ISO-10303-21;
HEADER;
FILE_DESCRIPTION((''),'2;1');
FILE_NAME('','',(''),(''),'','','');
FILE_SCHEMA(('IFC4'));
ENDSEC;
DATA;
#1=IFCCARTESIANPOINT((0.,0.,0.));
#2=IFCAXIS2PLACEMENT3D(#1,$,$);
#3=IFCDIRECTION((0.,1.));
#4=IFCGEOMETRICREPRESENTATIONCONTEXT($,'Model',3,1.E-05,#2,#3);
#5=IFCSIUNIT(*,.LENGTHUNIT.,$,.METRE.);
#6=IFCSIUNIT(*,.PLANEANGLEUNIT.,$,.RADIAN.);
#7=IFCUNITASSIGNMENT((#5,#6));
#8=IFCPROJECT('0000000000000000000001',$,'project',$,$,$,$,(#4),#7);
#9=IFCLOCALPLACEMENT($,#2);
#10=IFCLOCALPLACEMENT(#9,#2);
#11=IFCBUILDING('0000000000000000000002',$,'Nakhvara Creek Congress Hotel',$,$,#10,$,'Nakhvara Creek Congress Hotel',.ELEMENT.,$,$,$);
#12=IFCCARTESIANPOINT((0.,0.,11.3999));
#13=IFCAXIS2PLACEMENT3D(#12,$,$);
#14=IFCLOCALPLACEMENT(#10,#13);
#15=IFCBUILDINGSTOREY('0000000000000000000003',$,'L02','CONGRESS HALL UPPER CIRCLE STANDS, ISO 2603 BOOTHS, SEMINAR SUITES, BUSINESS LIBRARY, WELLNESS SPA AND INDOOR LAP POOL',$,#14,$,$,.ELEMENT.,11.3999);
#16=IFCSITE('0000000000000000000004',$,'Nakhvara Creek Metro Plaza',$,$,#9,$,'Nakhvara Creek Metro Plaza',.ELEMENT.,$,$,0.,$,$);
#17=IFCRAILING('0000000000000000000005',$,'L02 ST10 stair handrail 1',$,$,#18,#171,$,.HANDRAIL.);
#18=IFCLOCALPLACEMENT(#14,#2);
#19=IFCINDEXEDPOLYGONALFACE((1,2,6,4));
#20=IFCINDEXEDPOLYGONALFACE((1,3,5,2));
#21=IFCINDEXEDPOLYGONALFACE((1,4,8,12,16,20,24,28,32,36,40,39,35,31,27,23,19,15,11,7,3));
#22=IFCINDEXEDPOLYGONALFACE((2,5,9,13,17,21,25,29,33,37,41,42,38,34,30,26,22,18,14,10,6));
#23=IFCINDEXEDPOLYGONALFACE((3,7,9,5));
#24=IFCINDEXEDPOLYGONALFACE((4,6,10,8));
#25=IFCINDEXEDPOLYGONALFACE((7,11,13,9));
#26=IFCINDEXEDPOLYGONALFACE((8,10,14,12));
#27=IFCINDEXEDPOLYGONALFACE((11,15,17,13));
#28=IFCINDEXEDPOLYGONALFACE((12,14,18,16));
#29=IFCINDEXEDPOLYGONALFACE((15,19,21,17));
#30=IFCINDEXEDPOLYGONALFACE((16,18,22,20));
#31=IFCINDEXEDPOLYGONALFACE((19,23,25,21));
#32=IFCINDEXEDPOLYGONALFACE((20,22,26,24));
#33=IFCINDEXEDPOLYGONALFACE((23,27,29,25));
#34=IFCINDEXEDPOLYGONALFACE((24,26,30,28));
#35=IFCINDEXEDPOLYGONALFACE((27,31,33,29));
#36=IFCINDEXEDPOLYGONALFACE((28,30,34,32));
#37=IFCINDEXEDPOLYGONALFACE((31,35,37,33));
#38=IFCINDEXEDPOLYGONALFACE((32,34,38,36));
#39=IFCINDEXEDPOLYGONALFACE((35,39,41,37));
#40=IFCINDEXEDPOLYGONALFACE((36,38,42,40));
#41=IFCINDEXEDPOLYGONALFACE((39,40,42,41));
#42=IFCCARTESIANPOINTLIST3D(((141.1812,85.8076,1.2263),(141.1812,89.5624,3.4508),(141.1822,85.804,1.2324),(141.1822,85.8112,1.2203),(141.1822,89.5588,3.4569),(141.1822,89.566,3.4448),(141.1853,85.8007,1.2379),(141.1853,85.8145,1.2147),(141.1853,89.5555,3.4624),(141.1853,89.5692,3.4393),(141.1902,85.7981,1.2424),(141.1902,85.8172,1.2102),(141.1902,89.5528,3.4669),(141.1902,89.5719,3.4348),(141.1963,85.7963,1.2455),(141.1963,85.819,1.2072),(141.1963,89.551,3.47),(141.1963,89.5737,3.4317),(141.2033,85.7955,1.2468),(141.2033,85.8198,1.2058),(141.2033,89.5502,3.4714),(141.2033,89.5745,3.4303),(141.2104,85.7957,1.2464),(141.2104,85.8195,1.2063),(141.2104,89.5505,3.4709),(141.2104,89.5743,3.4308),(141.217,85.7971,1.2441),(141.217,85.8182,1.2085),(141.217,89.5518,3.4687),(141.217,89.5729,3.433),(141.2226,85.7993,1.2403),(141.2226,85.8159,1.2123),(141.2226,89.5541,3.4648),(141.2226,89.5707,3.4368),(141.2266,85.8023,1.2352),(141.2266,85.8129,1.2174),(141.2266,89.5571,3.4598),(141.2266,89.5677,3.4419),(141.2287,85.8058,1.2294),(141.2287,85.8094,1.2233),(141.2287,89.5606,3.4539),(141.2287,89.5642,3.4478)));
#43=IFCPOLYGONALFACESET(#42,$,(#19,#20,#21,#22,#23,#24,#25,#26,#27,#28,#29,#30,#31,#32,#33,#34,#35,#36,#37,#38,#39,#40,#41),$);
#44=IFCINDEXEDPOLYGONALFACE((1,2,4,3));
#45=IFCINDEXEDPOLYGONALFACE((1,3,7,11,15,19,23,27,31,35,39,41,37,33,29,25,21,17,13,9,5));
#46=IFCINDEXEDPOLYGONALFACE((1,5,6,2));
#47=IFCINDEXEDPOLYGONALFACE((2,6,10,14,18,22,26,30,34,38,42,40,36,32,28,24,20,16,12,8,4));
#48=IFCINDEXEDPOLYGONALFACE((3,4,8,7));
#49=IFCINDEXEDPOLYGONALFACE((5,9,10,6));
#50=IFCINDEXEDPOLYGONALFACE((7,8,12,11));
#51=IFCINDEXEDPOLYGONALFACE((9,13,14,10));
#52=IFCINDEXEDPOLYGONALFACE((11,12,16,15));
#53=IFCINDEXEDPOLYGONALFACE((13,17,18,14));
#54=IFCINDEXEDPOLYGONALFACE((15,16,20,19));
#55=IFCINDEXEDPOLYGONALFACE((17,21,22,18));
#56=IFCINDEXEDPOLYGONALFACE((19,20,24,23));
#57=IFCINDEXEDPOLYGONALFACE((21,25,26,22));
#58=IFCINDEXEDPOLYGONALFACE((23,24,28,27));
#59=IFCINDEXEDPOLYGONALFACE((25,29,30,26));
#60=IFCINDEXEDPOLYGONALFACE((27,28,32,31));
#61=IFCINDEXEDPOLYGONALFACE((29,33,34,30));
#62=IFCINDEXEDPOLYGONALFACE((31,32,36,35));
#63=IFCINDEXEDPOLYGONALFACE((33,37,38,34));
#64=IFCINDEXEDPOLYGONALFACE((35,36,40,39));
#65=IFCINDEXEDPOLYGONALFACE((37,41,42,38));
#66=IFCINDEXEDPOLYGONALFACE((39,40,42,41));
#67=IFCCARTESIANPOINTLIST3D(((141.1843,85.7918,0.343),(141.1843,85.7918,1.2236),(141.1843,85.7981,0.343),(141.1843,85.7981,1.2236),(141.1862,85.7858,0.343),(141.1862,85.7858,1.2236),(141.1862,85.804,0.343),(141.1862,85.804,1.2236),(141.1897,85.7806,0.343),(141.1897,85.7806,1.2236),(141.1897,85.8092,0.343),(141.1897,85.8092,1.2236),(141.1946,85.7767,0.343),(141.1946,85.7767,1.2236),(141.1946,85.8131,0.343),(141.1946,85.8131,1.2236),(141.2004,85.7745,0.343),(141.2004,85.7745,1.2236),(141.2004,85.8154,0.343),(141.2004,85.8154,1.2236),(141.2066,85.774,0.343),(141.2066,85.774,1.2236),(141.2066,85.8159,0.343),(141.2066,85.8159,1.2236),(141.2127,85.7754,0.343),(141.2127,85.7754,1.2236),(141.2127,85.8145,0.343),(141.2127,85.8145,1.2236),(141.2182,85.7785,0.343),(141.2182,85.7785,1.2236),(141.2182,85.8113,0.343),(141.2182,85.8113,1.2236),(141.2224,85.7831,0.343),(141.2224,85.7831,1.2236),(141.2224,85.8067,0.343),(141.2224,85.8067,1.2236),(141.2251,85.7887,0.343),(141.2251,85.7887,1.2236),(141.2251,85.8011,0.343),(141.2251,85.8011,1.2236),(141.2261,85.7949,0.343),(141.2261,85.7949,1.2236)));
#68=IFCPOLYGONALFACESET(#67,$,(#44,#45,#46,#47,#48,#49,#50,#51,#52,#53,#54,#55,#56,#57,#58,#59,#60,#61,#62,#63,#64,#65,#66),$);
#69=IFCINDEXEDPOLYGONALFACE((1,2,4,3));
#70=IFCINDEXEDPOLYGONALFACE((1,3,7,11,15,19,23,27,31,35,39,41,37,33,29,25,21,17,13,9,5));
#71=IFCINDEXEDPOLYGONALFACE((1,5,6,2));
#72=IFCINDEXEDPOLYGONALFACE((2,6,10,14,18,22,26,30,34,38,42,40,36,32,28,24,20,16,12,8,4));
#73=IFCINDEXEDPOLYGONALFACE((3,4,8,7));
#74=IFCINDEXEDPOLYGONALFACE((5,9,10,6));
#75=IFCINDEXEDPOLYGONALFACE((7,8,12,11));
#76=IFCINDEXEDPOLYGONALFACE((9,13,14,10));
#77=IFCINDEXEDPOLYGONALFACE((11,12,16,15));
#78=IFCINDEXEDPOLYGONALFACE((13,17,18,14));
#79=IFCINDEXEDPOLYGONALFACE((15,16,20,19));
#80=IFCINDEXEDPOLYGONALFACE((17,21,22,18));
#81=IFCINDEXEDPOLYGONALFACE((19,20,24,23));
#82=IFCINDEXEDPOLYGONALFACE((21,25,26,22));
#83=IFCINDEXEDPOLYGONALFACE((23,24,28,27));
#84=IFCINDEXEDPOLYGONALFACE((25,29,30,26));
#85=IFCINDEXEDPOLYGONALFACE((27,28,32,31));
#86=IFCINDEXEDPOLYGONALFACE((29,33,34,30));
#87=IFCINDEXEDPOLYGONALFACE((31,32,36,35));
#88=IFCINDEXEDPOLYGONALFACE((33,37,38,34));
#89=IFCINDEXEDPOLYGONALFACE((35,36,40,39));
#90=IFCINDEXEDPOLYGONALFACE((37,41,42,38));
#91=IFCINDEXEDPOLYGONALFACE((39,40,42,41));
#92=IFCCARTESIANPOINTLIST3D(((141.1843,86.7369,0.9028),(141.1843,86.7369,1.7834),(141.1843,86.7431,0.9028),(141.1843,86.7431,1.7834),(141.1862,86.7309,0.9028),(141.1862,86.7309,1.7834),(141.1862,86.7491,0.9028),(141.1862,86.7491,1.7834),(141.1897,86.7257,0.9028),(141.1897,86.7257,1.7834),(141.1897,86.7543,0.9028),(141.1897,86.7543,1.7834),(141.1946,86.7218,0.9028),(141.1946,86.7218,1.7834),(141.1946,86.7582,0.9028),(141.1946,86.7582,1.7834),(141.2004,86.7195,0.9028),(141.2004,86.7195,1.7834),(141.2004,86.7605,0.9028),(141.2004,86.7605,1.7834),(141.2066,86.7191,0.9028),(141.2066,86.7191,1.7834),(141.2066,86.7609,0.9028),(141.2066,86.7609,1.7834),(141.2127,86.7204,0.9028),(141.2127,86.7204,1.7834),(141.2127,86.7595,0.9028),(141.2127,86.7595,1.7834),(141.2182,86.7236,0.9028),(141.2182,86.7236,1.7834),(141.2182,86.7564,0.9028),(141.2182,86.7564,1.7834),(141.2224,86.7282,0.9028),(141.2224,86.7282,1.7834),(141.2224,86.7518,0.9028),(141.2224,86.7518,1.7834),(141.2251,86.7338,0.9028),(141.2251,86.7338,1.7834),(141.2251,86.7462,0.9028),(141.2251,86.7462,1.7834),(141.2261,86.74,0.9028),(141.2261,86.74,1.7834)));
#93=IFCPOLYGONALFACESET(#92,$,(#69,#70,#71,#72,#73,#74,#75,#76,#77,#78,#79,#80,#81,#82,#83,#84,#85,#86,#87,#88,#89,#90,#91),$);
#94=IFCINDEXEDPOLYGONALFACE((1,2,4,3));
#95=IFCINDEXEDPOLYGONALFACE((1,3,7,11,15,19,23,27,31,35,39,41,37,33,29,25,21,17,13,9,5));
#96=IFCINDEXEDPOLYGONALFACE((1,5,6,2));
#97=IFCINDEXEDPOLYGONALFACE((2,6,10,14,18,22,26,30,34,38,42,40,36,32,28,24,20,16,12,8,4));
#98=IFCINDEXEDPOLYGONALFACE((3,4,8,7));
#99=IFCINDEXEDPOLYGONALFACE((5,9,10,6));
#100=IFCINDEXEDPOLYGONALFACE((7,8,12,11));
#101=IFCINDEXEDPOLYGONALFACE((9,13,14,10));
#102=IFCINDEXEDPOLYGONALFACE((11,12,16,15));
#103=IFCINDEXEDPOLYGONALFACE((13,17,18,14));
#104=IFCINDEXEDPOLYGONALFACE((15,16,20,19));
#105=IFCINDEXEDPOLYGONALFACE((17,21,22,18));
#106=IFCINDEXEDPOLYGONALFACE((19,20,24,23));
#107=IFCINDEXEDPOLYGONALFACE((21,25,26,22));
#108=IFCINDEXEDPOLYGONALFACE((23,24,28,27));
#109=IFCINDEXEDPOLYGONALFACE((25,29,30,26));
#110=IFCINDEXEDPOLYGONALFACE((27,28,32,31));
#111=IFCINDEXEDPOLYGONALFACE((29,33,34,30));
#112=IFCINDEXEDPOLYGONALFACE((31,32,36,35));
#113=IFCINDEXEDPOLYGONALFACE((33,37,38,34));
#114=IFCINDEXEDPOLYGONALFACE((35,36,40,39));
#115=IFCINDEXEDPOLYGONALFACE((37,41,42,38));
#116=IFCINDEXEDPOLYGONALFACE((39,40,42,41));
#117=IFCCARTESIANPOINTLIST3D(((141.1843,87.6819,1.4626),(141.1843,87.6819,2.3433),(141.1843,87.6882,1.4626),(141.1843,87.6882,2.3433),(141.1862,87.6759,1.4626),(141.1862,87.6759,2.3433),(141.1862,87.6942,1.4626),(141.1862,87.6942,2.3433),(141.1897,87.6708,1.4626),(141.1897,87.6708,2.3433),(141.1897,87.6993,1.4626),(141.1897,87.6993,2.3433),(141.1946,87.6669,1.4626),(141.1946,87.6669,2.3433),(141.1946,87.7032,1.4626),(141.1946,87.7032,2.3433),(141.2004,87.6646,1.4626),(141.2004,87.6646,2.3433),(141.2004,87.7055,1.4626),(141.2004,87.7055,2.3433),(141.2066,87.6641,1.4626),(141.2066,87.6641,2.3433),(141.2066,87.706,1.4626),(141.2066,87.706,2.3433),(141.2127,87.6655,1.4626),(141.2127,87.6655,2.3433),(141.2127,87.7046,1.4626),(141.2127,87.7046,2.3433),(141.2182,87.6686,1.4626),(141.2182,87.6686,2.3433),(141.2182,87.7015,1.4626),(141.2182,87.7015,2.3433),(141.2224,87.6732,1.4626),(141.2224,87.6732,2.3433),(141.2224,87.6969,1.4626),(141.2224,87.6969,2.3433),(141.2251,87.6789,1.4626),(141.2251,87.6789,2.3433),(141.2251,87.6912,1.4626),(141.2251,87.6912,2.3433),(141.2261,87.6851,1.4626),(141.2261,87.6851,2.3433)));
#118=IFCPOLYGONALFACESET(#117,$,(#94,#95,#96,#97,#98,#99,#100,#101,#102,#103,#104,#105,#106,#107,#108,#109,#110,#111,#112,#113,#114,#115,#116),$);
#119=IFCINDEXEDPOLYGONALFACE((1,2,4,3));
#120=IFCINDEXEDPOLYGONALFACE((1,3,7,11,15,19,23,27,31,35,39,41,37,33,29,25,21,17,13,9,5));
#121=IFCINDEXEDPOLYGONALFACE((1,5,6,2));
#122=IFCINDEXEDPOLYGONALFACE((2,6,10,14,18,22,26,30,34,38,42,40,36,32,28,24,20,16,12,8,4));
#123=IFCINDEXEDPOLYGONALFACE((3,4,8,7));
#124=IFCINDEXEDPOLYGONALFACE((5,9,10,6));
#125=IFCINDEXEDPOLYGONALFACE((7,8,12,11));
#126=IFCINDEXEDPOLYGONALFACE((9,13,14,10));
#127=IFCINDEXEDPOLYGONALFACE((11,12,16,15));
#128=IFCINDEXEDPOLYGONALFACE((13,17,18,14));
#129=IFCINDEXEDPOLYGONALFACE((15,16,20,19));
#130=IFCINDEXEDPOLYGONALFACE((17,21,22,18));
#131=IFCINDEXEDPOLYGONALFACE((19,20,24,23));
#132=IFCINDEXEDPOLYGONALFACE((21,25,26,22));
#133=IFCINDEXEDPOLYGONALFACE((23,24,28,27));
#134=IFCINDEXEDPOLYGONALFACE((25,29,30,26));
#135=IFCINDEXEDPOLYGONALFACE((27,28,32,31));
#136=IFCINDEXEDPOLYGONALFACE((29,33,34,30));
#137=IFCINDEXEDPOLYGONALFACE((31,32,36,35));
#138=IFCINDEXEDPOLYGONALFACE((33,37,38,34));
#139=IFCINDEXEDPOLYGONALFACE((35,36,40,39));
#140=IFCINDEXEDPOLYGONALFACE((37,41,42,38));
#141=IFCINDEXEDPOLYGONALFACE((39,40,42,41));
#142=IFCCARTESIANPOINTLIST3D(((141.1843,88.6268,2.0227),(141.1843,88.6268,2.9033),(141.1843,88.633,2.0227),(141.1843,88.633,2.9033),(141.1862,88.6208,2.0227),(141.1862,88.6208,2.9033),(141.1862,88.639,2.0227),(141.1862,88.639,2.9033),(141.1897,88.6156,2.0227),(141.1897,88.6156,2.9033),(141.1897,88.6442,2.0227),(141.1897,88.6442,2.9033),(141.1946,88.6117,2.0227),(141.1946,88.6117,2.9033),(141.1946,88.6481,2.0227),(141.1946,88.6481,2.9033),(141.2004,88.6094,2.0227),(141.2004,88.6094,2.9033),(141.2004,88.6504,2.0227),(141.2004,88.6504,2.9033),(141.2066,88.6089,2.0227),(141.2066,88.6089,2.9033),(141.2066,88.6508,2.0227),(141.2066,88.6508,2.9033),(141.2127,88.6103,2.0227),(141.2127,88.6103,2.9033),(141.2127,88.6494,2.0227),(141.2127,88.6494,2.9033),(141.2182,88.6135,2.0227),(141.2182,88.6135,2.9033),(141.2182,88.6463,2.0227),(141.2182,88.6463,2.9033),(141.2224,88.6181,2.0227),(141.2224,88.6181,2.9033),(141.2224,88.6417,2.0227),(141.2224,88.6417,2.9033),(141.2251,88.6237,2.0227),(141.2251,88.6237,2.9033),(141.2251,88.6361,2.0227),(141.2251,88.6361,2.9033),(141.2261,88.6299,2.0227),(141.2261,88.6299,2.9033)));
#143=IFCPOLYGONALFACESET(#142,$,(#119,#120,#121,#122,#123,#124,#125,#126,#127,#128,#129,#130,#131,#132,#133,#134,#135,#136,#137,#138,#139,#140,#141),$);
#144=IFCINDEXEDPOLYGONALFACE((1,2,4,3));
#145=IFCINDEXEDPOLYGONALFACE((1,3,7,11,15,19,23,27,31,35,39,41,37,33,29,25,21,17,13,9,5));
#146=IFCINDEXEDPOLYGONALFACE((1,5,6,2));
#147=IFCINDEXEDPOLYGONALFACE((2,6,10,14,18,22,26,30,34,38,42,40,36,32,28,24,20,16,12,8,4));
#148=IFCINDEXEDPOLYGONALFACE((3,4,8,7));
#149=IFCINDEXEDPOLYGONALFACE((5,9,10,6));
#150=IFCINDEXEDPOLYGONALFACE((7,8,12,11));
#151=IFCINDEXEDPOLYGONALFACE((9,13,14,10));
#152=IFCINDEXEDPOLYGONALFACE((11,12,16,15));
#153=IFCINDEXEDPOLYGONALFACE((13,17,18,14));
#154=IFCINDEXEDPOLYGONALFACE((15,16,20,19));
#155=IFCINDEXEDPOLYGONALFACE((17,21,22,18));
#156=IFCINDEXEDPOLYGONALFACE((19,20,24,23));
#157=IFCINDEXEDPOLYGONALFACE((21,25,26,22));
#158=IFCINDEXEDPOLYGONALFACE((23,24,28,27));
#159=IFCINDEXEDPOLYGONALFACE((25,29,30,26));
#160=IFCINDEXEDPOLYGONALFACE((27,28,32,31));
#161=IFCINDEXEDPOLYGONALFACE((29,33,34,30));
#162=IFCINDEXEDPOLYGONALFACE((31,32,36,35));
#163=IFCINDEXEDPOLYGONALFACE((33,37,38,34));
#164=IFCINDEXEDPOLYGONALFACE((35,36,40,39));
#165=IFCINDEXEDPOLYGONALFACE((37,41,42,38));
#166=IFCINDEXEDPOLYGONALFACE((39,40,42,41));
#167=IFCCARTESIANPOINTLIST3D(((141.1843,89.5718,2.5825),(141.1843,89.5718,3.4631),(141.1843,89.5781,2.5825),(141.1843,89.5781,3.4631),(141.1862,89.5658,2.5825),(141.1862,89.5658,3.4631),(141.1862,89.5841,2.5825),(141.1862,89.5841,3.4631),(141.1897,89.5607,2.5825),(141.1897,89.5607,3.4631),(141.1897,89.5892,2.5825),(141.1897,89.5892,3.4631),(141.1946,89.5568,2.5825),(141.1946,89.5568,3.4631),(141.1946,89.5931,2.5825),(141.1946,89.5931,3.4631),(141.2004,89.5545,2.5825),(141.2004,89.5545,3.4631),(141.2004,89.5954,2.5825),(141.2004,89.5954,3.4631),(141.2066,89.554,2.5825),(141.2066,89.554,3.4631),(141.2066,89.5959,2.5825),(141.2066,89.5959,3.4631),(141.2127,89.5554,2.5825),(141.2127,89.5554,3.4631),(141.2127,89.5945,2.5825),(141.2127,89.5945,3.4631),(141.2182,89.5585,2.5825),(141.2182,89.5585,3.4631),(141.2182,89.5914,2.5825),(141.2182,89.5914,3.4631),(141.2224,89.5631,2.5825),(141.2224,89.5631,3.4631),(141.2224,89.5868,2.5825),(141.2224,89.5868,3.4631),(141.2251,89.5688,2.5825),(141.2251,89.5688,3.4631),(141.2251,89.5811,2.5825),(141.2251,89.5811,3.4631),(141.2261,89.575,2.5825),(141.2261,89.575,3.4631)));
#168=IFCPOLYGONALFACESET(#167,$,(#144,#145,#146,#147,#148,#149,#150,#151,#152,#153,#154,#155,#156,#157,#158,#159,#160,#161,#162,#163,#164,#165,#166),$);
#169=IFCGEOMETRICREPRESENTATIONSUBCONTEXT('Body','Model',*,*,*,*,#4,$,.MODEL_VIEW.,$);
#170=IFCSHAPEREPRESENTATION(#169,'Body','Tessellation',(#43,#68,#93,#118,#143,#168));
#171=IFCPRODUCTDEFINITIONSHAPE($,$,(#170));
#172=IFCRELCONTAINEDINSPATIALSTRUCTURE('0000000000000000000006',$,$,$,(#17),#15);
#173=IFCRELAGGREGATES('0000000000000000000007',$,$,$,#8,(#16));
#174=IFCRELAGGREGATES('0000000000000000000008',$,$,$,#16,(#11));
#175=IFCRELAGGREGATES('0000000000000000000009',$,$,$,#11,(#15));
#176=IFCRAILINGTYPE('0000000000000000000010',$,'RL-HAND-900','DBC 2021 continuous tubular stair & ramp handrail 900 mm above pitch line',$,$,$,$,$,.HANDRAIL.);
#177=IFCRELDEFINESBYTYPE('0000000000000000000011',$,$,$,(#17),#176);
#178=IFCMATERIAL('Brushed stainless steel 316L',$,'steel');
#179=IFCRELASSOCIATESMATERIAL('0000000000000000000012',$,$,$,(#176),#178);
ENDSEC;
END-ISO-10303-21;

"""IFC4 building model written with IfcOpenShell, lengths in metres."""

from ifc_helpers import new_model, si_unit, direction, frame, origin, origin_2d, place, context, subcontext, project, spatial, circle, extrude, material, type_object, element, save


model = new_model("IFC4")

# Units and contexts
model_context = context("Model", 3, precision=1e-05, world=origin(), true_north=direction((0.0, 1.0)))
body_context = subcontext(model_context, "Body", "Model", "MODEL_VIEW")
ifc_project = project(units=[si_unit("LENGTHUNIT", "METRE"), si_unit("PLANEANGLEUNIT", "RADIAN")], contexts=[model_context])

# Site, building, storey
site_placement = place(None, origin())
site = spatial("IfcSite", under=ifc_project, at=site_placement, Name="Nakhvara Creek Metro Plaza", LongName="Nakhvara Creek Metro Plaza", CompositionType="ELEMENT", RefElevation=0.0)
building_placement = place(site_placement, origin())
building = spatial("IfcBuilding", under=site, at=building_placement, Name="Nakhvara Creek Congress Hotel", LongName="Nakhvara Creek Congress Hotel", CompositionType="ELEMENT")
storey_placement = place(building_placement, frame((0.0, 0.0, 11.3999)))
storey = spatial("IfcBuildingStorey", under=building, at=storey_placement, Name="L02", Description="CONGRESS HALL UPPER CIRCLE STANDS, ISO 2603 BOOTHS, SEMINAR SUITES, BUSINESS LIBRARY, WELLNESS SPA AND INDOOR LAP POOL", CompositionType="ELEMENT", Elevation=11.3999)

# Railing
ifc_material_1 = material(Name="Brushed stainless steel 316L", Category="steel")
railing_type = type_object("IfcRailingType", Name="RL-HAND-900", Description="DBC 2021 continuous tubular stair & ramp handrail 900 mm above pitch line", PredefinedType="HANDRAIL", material=ifc_material_1)
railing_placement = place(storey_placement, frame((141.2051, 85.7949, 0.343)))
element("IfcRailing", 1, at=railing_placement, inside=storey, type_object=railing_type, Name="L02 ST10 stair handrail 1", PredefinedType="HANDRAIL", context=body_context, shape_type="SweptSolid", body=[
    extrude(circle(Radius=0.0239, at=origin_2d()), frame((0.0, 0.0127, 0.8833), z_axis=(0.0, 0.860343, 0.509716), x_axis=(-1.0, 0.0, 0.0)), (0.0, 0.0, 1.0), 4.3643),
    extrude(circle(Radius=0.021, at=origin_2d()), origin(), (0.0, 0.0, 1.0), 0.8806),
    extrude(circle(Radius=0.021, at=origin_2d()), frame((0.0, 0.9451, 0.5598)), (0.0, 0.0, 1.0), 0.8806),
    extrude(circle(Radius=0.021, at=origin_2d()), frame((0.0, 1.8901, 1.1196)), (0.0, 0.0, 1.0), 0.8806),
    extrude(circle(Radius=0.021, at=origin_2d()), frame((0.0, 2.835, 1.6797)), (0.0, 0.0, 1.0), 0.8806),
    extrude(circle(Radius=0.021, at=origin_2d()), frame((0.0, 3.78, 2.2395)), (0.0, 0.0, 1.0), 0.8806),
])

save(model, "model.ifc")
